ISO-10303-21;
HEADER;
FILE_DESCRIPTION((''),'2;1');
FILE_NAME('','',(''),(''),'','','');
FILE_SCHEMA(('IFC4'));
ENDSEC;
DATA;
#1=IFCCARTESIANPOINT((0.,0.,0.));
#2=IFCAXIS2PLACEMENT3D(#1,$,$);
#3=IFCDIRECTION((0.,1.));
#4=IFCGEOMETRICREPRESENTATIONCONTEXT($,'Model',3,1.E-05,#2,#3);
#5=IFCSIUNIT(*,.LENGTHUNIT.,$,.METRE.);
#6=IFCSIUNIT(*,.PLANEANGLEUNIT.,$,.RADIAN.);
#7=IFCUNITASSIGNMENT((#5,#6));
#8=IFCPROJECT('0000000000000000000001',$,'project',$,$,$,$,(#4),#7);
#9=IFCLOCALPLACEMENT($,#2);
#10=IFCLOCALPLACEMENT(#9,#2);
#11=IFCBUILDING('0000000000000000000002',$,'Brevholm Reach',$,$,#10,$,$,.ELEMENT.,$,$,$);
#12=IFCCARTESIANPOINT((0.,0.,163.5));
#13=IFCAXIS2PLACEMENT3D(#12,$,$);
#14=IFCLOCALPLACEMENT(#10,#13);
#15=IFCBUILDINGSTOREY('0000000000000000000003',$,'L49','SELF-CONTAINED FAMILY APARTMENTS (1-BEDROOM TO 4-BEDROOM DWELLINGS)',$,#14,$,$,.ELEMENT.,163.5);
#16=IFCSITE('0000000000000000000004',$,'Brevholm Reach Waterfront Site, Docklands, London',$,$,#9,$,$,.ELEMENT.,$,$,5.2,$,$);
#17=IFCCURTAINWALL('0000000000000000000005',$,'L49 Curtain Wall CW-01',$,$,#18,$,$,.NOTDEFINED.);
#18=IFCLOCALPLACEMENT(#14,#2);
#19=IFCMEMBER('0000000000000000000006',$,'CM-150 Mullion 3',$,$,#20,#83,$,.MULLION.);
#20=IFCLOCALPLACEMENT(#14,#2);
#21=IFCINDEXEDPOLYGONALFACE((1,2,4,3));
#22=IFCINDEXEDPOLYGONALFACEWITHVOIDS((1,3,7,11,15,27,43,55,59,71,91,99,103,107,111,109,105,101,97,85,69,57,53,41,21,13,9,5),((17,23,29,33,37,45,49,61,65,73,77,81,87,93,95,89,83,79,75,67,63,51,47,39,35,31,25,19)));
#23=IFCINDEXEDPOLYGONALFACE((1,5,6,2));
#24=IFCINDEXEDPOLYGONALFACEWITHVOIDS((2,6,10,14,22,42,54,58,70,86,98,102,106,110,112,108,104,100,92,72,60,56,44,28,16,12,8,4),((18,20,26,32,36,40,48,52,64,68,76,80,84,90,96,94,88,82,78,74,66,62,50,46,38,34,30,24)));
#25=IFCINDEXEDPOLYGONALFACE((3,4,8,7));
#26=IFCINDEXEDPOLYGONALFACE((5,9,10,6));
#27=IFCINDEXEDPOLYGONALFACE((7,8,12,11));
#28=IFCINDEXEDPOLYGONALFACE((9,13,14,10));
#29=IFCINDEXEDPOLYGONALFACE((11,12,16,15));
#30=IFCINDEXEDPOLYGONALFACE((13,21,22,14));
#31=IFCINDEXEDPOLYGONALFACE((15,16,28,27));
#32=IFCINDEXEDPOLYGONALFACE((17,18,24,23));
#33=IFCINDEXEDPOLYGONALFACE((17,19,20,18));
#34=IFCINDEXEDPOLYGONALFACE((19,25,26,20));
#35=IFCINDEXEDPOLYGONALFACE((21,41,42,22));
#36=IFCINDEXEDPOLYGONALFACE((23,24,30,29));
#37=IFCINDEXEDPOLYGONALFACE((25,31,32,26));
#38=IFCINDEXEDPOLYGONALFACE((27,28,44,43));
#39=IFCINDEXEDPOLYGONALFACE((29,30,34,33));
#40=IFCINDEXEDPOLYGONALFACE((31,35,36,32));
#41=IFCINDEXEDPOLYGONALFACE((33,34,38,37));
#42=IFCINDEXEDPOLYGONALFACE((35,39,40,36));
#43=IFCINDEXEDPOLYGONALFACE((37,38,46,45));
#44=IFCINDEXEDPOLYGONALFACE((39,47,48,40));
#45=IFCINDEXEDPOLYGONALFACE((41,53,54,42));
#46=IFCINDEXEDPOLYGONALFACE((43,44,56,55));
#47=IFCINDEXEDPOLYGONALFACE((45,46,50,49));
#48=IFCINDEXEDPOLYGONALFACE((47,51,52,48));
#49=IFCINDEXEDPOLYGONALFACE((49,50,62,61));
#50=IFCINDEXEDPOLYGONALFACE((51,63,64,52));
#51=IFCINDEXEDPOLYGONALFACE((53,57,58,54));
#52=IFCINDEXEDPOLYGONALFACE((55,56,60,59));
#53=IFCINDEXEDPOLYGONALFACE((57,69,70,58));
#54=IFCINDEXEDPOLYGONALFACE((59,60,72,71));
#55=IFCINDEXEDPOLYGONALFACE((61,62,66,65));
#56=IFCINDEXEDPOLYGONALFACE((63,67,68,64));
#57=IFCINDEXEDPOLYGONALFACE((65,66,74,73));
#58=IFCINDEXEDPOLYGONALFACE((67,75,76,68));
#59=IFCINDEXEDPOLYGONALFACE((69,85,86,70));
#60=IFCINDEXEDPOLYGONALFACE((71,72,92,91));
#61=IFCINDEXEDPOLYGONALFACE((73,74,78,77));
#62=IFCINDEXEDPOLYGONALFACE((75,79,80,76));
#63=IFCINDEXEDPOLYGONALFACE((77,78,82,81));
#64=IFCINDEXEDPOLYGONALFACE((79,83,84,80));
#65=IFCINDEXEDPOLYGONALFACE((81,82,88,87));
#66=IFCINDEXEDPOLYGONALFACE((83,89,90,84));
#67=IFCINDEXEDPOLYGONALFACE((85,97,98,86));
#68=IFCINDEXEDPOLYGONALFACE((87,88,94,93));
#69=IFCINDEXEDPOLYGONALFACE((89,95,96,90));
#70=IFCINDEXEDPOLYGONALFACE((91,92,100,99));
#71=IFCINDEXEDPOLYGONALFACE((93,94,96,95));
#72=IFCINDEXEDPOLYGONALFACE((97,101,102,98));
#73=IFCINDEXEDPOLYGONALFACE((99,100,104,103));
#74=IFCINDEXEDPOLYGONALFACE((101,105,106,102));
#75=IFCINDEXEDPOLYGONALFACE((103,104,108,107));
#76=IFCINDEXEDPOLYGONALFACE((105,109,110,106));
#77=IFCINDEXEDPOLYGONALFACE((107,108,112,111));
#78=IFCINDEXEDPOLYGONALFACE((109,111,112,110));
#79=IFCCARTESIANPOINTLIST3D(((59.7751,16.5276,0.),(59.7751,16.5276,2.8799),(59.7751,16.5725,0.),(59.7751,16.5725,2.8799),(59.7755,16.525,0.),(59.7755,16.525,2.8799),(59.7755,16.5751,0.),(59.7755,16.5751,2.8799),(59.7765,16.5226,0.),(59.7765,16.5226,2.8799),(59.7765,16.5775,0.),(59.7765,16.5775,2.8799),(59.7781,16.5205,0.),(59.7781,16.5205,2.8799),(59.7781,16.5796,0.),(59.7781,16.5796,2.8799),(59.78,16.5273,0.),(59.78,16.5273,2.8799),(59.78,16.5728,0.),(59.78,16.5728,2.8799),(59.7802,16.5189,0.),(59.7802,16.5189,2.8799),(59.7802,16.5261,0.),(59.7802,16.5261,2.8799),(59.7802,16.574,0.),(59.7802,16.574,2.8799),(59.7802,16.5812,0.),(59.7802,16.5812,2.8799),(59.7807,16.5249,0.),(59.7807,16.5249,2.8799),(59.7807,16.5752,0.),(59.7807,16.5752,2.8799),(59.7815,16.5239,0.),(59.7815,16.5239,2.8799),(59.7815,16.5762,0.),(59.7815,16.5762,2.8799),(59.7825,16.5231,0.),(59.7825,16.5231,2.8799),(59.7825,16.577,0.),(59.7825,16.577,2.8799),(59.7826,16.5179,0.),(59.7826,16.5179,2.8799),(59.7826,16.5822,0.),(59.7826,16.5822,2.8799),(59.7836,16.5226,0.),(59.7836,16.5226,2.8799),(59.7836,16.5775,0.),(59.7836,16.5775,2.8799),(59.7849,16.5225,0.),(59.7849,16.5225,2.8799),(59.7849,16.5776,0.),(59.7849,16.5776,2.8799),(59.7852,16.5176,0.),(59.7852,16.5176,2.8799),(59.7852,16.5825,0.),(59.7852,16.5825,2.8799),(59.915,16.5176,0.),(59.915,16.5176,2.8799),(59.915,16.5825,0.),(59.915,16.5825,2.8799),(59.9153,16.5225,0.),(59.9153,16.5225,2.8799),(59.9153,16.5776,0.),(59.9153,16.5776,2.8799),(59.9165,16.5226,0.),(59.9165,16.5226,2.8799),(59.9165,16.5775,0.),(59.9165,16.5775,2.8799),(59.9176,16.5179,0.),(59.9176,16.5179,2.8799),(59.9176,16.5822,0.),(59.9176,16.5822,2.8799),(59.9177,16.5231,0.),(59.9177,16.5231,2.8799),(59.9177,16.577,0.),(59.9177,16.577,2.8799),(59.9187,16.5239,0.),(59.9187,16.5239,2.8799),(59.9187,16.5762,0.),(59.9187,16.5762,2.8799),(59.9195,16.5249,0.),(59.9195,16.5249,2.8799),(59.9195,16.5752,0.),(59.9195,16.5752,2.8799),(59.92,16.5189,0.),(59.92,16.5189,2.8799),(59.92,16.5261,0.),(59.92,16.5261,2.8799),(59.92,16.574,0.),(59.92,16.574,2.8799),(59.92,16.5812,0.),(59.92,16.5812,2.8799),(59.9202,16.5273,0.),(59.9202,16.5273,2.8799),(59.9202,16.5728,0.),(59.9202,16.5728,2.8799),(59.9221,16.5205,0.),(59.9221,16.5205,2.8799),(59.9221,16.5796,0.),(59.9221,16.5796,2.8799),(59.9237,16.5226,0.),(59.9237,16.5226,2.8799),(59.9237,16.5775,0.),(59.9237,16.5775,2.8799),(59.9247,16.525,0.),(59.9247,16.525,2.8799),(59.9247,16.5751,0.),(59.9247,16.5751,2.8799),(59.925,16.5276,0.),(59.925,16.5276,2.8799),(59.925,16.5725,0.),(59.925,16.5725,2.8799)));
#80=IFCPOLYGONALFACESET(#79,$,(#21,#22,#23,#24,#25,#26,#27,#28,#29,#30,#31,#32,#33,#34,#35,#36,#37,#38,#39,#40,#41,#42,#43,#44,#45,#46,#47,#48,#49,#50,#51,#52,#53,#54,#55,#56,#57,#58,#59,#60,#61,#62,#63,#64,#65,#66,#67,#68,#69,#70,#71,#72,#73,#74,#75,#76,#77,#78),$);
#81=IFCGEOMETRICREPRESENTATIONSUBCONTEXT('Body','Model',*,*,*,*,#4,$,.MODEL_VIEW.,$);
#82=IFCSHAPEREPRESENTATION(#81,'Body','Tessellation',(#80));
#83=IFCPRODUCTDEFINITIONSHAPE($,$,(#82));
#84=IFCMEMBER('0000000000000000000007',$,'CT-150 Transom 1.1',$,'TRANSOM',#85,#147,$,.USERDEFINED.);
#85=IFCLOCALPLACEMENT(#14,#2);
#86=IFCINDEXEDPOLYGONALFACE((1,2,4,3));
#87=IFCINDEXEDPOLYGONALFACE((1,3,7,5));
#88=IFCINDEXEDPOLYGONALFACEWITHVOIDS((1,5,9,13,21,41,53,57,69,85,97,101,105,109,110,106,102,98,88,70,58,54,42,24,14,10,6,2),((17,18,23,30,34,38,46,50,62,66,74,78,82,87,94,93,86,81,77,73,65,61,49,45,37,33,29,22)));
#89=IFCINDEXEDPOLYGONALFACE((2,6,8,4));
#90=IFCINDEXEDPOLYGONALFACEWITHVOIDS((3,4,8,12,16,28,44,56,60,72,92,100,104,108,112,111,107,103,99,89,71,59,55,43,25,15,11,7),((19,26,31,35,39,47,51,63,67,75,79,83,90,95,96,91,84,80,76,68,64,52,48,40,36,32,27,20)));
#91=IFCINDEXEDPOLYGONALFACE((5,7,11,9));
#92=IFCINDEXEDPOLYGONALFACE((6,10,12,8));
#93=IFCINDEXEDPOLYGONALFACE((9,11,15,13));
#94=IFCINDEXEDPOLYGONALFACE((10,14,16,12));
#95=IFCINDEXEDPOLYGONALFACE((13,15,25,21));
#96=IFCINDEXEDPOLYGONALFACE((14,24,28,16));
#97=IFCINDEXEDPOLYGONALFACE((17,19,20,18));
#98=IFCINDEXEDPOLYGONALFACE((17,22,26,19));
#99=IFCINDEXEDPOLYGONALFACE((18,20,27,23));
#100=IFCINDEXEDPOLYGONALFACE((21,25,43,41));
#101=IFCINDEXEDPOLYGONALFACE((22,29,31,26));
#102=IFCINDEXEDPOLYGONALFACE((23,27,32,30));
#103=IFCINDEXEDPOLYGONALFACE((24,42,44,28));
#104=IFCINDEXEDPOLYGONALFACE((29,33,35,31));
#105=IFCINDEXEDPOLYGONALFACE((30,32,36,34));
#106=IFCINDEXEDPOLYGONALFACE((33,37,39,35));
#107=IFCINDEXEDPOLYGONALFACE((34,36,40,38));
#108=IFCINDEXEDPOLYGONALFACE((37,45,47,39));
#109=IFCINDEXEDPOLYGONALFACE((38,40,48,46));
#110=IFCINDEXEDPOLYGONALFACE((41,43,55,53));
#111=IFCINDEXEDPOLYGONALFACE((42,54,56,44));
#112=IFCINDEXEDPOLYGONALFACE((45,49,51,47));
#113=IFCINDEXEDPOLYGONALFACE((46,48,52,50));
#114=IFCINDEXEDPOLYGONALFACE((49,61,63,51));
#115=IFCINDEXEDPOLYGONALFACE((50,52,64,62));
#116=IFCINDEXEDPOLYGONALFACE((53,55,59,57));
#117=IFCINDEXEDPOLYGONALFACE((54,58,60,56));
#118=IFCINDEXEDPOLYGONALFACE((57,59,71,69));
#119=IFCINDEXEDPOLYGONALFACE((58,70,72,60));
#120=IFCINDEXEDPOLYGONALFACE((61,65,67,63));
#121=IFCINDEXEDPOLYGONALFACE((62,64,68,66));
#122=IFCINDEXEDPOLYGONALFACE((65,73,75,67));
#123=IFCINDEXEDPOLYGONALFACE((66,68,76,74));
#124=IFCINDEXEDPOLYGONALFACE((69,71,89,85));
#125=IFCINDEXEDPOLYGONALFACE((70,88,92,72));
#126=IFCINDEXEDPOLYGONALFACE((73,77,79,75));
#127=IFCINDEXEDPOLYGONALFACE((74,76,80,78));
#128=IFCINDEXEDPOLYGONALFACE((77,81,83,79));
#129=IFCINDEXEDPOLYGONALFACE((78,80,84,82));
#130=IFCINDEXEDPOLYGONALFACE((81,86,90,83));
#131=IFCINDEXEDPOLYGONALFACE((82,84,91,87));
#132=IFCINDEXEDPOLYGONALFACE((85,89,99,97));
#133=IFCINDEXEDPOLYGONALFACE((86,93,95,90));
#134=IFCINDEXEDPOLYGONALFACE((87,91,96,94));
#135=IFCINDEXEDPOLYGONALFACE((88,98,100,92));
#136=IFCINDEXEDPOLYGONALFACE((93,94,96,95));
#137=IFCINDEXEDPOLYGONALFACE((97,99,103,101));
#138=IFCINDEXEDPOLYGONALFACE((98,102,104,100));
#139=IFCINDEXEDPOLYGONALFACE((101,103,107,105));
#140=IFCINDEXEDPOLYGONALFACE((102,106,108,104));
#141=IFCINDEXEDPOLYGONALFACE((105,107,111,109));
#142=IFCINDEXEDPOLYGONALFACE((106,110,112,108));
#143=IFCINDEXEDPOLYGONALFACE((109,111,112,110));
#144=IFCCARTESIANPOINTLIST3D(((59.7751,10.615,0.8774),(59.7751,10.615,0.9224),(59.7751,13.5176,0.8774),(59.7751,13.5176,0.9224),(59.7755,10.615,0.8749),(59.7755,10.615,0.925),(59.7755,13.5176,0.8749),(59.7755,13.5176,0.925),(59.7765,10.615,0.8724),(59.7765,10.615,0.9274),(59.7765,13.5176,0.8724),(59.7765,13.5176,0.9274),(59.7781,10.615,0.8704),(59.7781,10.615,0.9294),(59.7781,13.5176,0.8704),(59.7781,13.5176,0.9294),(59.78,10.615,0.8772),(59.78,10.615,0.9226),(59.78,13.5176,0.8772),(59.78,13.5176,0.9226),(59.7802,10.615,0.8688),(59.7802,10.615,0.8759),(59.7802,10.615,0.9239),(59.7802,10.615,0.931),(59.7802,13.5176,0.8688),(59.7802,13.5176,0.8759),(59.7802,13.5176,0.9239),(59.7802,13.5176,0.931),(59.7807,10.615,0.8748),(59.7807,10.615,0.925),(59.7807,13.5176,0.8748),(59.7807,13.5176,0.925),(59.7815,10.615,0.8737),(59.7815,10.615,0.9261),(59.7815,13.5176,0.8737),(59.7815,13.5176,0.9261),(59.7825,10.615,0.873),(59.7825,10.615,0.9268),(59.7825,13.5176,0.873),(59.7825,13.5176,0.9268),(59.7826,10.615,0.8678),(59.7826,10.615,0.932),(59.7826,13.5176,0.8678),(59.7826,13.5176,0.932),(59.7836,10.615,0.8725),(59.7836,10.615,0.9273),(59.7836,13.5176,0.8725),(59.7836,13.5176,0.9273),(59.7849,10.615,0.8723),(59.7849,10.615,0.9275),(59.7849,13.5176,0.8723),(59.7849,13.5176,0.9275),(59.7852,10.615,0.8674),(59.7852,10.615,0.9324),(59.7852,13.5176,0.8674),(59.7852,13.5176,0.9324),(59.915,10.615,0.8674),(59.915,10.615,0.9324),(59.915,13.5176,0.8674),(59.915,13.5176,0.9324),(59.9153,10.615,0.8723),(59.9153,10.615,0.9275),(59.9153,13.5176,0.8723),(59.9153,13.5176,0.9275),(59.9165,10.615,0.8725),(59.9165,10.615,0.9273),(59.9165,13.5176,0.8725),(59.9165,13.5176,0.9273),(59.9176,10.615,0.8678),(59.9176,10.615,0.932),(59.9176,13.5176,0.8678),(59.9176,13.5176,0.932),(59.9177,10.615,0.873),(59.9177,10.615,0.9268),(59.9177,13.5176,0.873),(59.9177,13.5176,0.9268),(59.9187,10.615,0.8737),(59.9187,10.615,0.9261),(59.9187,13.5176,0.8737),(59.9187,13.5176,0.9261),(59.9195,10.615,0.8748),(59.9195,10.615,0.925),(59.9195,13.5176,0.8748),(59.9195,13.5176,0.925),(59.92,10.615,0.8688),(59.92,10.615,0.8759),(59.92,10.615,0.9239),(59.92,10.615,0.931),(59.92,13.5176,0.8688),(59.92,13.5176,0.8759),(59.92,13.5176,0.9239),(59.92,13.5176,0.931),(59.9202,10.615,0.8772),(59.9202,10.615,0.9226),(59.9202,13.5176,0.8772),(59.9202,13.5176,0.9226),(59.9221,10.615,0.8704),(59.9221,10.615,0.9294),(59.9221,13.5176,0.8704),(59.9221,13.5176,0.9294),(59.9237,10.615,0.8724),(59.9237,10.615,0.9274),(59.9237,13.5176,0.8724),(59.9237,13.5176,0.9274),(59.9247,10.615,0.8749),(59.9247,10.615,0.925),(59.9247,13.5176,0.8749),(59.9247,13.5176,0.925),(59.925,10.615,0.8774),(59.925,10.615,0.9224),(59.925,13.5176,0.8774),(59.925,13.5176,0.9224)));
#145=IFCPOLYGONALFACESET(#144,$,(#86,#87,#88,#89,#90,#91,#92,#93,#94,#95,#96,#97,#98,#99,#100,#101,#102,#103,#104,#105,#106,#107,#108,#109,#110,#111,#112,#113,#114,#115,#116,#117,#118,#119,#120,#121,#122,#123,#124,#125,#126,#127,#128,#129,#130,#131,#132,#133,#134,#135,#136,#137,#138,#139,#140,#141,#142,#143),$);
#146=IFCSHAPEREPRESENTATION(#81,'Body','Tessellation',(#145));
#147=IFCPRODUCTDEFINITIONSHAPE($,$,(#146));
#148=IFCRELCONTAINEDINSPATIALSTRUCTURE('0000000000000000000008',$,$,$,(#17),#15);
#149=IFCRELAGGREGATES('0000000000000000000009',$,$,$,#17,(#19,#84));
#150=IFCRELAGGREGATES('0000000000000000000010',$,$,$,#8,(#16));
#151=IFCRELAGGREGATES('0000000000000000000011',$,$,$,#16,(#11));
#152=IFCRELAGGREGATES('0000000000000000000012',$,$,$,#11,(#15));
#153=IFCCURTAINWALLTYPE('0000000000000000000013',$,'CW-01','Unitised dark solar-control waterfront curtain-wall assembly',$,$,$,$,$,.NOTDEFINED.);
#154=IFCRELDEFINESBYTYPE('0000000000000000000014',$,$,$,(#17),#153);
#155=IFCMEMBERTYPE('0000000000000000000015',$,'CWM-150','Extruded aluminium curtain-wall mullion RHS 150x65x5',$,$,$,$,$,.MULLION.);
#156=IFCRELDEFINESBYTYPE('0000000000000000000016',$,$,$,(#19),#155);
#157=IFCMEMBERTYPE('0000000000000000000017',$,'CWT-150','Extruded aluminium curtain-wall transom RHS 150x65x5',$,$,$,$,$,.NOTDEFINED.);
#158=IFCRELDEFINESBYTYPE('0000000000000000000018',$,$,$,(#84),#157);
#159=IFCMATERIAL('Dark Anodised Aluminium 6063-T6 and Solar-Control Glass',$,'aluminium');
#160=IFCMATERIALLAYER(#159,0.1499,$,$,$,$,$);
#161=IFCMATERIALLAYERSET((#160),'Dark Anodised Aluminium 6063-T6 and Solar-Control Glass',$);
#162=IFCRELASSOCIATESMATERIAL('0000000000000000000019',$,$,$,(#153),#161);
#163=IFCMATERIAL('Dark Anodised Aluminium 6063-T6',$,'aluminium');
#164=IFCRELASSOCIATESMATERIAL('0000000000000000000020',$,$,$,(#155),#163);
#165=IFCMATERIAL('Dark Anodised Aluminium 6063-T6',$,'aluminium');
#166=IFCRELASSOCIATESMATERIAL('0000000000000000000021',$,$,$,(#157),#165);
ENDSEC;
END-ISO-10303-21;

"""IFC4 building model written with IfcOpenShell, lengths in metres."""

from ifc_helpers import new_model, si_unit, direction, frame, origin, origin_2d, place, context, subcontext, project, spatial, hollow_rectangle, extrude, material, layer, layer_set, material_profile, profile_set, type_object, element, aggregate, save


model = new_model("IFC4")

# Units and contexts
model_context = context("Model", 3, precision=1e-05, world=origin(), true_north=direction((0.0, 1.0)))
body_context = subcontext(model_context, "Body", "Model", "MODEL_VIEW")
ifc_project = project(units=[si_unit("LENGTHUNIT", "METRE"), si_unit("PLANEANGLEUNIT", "RADIAN")], contexts=[model_context])

# Site, building, storey
site_placement = place(None, origin())
site = spatial("IfcSite", under=ifc_project, at=site_placement, Name="Brevholm Reach Waterfront Site, Docklands, London", CompositionType="ELEMENT", RefElevation=5.2)
building_placement = place(site_placement, origin())
building = spatial("IfcBuilding", under=site, at=building_placement, Name="Brevholm Reach", CompositionType="ELEMENT")
storey_placement = place(building_placement, frame((0.0, 0.0, 163.5)))
storey = spatial("IfcBuildingStorey", under=building, at=storey_placement, Name="L49", Description="SELF-CONTAINED FAMILY APARTMENTS (1-BEDROOM TO 4-BEDROOM DWELLINGS)", CompositionType="ELEMENT", Elevation=163.5)

# Curtain wall, members
ifc_material_1 = material(Name="Dark Anodised Aluminium 6063-T6 and Solar-Control Glass", Category="aluminium")
ifc_layer_1 = layer(ifc_material_1, 0.1499)
ifc_layer_set_1 = layer_set([ifc_layer_1], Name="Dark Anodised Aluminium 6063-T6 and Solar-Control Glass")
curtain_wall_type = type_object("IfcCurtainWallType", Name="CW-01", Description="Unitised dark solar-control waterfront curtain-wall assembly", PredefinedType="NOTDEFINED", material=ifc_layer_set_1)
curtain_wall_placement = place(storey_placement, origin())
curtain_wall = element("IfcCurtainWall", 1, at=curtain_wall_placement, inside=storey, type_object=curtain_wall_type, Name="L49 Curtain Wall CW-01", PredefinedType="NOTDEFINED")
ifc_material_2 = material(Name="Dark Anodised Aluminium 6063-T6", Category="aluminium")
ifc_material_profile_1 = material_profile(ifc_material_2, hollow_rectangle(XDim=0.0649, YDim=0.1499, WallThickness=0.0049, InnerFilletRadius=0.0049, OuterFilletRadius=0.01, at=origin_2d()), Name="RHS 150x65x5")
ifc_profile_set_1 = profile_set([ifc_material_profile_1], Name="Dark Anodised Aluminium 6063-T6")
member_type_1 = type_object("IfcMemberType", Name="CWM-150", Description="Extruded aluminium curtain-wall mullion RHS 150x65x5", PredefinedType="MULLION", material=ifc_profile_set_1)
member_1_placement = place(storey_placement, frame((59.8501, 16.55, 0.0), z_axis=(0.0, 0.0, 1.0), x_axis=(0.0, 1.0, 0.0)))
member_1 = element("IfcMember", 2, at=member_1_placement, type_object=member_type_1, Name="CM-150 Mullion 3", PredefinedType="MULLION", context=body_context, shape_type="SweptSolid", body=[
    extrude(hollow_rectangle(XDim=0.0649, YDim=0.1499, WallThickness=0.0049, InnerFilletRadius=0.0049, OuterFilletRadius=0.01, at=origin_2d()), origin(), (0.0, 0.0, 1.0), 2.8799),
])
ifc_material_3 = material(Name="Dark Anodised Aluminium 6063-T6", Category="aluminium")
ifc_material_profile_2 = material_profile(ifc_material_3, hollow_rectangle(XDim=0.0649, YDim=0.1499, WallThickness=0.0049, InnerFilletRadius=0.0049, OuterFilletRadius=0.01, at=origin_2d()), Name="RHS 150x65x5")
ifc_profile_set_2 = profile_set([ifc_material_profile_2], Name="Dark Anodised Aluminium 6063-T6")
member_type_2 = type_object("IfcMemberType", Name="CWT-150", Description="Extruded aluminium curtain-wall transom RHS 150x65x5", PredefinedType="NOTDEFINED", material=ifc_profile_set_2)
member_2_placement = place(storey_placement, frame((59.8501, 10.615, 0.8999), z_axis=(0.0, 1.0, 0.0), x_axis=(0.0, 0.0, 1.0)))
member_2 = element("IfcMember", 3, at=member_2_placement, type_object=member_type_2, Name="CT-150 Transom 1.1", ObjectType="TRANSOM", PredefinedType="USERDEFINED", context=body_context, shape_type="SweptSolid", body=[
    extrude(hollow_rectangle(XDim=0.0649, YDim=0.1499, WallThickness=0.0049, InnerFilletRadius=0.0049, OuterFilletRadius=0.01, at=origin_2d()), origin(), (0.0, 0.0, 1.0), 2.9026),
])
aggregate(curtain_wall, [member_1, member_2])

save(model, "model.ifc")
